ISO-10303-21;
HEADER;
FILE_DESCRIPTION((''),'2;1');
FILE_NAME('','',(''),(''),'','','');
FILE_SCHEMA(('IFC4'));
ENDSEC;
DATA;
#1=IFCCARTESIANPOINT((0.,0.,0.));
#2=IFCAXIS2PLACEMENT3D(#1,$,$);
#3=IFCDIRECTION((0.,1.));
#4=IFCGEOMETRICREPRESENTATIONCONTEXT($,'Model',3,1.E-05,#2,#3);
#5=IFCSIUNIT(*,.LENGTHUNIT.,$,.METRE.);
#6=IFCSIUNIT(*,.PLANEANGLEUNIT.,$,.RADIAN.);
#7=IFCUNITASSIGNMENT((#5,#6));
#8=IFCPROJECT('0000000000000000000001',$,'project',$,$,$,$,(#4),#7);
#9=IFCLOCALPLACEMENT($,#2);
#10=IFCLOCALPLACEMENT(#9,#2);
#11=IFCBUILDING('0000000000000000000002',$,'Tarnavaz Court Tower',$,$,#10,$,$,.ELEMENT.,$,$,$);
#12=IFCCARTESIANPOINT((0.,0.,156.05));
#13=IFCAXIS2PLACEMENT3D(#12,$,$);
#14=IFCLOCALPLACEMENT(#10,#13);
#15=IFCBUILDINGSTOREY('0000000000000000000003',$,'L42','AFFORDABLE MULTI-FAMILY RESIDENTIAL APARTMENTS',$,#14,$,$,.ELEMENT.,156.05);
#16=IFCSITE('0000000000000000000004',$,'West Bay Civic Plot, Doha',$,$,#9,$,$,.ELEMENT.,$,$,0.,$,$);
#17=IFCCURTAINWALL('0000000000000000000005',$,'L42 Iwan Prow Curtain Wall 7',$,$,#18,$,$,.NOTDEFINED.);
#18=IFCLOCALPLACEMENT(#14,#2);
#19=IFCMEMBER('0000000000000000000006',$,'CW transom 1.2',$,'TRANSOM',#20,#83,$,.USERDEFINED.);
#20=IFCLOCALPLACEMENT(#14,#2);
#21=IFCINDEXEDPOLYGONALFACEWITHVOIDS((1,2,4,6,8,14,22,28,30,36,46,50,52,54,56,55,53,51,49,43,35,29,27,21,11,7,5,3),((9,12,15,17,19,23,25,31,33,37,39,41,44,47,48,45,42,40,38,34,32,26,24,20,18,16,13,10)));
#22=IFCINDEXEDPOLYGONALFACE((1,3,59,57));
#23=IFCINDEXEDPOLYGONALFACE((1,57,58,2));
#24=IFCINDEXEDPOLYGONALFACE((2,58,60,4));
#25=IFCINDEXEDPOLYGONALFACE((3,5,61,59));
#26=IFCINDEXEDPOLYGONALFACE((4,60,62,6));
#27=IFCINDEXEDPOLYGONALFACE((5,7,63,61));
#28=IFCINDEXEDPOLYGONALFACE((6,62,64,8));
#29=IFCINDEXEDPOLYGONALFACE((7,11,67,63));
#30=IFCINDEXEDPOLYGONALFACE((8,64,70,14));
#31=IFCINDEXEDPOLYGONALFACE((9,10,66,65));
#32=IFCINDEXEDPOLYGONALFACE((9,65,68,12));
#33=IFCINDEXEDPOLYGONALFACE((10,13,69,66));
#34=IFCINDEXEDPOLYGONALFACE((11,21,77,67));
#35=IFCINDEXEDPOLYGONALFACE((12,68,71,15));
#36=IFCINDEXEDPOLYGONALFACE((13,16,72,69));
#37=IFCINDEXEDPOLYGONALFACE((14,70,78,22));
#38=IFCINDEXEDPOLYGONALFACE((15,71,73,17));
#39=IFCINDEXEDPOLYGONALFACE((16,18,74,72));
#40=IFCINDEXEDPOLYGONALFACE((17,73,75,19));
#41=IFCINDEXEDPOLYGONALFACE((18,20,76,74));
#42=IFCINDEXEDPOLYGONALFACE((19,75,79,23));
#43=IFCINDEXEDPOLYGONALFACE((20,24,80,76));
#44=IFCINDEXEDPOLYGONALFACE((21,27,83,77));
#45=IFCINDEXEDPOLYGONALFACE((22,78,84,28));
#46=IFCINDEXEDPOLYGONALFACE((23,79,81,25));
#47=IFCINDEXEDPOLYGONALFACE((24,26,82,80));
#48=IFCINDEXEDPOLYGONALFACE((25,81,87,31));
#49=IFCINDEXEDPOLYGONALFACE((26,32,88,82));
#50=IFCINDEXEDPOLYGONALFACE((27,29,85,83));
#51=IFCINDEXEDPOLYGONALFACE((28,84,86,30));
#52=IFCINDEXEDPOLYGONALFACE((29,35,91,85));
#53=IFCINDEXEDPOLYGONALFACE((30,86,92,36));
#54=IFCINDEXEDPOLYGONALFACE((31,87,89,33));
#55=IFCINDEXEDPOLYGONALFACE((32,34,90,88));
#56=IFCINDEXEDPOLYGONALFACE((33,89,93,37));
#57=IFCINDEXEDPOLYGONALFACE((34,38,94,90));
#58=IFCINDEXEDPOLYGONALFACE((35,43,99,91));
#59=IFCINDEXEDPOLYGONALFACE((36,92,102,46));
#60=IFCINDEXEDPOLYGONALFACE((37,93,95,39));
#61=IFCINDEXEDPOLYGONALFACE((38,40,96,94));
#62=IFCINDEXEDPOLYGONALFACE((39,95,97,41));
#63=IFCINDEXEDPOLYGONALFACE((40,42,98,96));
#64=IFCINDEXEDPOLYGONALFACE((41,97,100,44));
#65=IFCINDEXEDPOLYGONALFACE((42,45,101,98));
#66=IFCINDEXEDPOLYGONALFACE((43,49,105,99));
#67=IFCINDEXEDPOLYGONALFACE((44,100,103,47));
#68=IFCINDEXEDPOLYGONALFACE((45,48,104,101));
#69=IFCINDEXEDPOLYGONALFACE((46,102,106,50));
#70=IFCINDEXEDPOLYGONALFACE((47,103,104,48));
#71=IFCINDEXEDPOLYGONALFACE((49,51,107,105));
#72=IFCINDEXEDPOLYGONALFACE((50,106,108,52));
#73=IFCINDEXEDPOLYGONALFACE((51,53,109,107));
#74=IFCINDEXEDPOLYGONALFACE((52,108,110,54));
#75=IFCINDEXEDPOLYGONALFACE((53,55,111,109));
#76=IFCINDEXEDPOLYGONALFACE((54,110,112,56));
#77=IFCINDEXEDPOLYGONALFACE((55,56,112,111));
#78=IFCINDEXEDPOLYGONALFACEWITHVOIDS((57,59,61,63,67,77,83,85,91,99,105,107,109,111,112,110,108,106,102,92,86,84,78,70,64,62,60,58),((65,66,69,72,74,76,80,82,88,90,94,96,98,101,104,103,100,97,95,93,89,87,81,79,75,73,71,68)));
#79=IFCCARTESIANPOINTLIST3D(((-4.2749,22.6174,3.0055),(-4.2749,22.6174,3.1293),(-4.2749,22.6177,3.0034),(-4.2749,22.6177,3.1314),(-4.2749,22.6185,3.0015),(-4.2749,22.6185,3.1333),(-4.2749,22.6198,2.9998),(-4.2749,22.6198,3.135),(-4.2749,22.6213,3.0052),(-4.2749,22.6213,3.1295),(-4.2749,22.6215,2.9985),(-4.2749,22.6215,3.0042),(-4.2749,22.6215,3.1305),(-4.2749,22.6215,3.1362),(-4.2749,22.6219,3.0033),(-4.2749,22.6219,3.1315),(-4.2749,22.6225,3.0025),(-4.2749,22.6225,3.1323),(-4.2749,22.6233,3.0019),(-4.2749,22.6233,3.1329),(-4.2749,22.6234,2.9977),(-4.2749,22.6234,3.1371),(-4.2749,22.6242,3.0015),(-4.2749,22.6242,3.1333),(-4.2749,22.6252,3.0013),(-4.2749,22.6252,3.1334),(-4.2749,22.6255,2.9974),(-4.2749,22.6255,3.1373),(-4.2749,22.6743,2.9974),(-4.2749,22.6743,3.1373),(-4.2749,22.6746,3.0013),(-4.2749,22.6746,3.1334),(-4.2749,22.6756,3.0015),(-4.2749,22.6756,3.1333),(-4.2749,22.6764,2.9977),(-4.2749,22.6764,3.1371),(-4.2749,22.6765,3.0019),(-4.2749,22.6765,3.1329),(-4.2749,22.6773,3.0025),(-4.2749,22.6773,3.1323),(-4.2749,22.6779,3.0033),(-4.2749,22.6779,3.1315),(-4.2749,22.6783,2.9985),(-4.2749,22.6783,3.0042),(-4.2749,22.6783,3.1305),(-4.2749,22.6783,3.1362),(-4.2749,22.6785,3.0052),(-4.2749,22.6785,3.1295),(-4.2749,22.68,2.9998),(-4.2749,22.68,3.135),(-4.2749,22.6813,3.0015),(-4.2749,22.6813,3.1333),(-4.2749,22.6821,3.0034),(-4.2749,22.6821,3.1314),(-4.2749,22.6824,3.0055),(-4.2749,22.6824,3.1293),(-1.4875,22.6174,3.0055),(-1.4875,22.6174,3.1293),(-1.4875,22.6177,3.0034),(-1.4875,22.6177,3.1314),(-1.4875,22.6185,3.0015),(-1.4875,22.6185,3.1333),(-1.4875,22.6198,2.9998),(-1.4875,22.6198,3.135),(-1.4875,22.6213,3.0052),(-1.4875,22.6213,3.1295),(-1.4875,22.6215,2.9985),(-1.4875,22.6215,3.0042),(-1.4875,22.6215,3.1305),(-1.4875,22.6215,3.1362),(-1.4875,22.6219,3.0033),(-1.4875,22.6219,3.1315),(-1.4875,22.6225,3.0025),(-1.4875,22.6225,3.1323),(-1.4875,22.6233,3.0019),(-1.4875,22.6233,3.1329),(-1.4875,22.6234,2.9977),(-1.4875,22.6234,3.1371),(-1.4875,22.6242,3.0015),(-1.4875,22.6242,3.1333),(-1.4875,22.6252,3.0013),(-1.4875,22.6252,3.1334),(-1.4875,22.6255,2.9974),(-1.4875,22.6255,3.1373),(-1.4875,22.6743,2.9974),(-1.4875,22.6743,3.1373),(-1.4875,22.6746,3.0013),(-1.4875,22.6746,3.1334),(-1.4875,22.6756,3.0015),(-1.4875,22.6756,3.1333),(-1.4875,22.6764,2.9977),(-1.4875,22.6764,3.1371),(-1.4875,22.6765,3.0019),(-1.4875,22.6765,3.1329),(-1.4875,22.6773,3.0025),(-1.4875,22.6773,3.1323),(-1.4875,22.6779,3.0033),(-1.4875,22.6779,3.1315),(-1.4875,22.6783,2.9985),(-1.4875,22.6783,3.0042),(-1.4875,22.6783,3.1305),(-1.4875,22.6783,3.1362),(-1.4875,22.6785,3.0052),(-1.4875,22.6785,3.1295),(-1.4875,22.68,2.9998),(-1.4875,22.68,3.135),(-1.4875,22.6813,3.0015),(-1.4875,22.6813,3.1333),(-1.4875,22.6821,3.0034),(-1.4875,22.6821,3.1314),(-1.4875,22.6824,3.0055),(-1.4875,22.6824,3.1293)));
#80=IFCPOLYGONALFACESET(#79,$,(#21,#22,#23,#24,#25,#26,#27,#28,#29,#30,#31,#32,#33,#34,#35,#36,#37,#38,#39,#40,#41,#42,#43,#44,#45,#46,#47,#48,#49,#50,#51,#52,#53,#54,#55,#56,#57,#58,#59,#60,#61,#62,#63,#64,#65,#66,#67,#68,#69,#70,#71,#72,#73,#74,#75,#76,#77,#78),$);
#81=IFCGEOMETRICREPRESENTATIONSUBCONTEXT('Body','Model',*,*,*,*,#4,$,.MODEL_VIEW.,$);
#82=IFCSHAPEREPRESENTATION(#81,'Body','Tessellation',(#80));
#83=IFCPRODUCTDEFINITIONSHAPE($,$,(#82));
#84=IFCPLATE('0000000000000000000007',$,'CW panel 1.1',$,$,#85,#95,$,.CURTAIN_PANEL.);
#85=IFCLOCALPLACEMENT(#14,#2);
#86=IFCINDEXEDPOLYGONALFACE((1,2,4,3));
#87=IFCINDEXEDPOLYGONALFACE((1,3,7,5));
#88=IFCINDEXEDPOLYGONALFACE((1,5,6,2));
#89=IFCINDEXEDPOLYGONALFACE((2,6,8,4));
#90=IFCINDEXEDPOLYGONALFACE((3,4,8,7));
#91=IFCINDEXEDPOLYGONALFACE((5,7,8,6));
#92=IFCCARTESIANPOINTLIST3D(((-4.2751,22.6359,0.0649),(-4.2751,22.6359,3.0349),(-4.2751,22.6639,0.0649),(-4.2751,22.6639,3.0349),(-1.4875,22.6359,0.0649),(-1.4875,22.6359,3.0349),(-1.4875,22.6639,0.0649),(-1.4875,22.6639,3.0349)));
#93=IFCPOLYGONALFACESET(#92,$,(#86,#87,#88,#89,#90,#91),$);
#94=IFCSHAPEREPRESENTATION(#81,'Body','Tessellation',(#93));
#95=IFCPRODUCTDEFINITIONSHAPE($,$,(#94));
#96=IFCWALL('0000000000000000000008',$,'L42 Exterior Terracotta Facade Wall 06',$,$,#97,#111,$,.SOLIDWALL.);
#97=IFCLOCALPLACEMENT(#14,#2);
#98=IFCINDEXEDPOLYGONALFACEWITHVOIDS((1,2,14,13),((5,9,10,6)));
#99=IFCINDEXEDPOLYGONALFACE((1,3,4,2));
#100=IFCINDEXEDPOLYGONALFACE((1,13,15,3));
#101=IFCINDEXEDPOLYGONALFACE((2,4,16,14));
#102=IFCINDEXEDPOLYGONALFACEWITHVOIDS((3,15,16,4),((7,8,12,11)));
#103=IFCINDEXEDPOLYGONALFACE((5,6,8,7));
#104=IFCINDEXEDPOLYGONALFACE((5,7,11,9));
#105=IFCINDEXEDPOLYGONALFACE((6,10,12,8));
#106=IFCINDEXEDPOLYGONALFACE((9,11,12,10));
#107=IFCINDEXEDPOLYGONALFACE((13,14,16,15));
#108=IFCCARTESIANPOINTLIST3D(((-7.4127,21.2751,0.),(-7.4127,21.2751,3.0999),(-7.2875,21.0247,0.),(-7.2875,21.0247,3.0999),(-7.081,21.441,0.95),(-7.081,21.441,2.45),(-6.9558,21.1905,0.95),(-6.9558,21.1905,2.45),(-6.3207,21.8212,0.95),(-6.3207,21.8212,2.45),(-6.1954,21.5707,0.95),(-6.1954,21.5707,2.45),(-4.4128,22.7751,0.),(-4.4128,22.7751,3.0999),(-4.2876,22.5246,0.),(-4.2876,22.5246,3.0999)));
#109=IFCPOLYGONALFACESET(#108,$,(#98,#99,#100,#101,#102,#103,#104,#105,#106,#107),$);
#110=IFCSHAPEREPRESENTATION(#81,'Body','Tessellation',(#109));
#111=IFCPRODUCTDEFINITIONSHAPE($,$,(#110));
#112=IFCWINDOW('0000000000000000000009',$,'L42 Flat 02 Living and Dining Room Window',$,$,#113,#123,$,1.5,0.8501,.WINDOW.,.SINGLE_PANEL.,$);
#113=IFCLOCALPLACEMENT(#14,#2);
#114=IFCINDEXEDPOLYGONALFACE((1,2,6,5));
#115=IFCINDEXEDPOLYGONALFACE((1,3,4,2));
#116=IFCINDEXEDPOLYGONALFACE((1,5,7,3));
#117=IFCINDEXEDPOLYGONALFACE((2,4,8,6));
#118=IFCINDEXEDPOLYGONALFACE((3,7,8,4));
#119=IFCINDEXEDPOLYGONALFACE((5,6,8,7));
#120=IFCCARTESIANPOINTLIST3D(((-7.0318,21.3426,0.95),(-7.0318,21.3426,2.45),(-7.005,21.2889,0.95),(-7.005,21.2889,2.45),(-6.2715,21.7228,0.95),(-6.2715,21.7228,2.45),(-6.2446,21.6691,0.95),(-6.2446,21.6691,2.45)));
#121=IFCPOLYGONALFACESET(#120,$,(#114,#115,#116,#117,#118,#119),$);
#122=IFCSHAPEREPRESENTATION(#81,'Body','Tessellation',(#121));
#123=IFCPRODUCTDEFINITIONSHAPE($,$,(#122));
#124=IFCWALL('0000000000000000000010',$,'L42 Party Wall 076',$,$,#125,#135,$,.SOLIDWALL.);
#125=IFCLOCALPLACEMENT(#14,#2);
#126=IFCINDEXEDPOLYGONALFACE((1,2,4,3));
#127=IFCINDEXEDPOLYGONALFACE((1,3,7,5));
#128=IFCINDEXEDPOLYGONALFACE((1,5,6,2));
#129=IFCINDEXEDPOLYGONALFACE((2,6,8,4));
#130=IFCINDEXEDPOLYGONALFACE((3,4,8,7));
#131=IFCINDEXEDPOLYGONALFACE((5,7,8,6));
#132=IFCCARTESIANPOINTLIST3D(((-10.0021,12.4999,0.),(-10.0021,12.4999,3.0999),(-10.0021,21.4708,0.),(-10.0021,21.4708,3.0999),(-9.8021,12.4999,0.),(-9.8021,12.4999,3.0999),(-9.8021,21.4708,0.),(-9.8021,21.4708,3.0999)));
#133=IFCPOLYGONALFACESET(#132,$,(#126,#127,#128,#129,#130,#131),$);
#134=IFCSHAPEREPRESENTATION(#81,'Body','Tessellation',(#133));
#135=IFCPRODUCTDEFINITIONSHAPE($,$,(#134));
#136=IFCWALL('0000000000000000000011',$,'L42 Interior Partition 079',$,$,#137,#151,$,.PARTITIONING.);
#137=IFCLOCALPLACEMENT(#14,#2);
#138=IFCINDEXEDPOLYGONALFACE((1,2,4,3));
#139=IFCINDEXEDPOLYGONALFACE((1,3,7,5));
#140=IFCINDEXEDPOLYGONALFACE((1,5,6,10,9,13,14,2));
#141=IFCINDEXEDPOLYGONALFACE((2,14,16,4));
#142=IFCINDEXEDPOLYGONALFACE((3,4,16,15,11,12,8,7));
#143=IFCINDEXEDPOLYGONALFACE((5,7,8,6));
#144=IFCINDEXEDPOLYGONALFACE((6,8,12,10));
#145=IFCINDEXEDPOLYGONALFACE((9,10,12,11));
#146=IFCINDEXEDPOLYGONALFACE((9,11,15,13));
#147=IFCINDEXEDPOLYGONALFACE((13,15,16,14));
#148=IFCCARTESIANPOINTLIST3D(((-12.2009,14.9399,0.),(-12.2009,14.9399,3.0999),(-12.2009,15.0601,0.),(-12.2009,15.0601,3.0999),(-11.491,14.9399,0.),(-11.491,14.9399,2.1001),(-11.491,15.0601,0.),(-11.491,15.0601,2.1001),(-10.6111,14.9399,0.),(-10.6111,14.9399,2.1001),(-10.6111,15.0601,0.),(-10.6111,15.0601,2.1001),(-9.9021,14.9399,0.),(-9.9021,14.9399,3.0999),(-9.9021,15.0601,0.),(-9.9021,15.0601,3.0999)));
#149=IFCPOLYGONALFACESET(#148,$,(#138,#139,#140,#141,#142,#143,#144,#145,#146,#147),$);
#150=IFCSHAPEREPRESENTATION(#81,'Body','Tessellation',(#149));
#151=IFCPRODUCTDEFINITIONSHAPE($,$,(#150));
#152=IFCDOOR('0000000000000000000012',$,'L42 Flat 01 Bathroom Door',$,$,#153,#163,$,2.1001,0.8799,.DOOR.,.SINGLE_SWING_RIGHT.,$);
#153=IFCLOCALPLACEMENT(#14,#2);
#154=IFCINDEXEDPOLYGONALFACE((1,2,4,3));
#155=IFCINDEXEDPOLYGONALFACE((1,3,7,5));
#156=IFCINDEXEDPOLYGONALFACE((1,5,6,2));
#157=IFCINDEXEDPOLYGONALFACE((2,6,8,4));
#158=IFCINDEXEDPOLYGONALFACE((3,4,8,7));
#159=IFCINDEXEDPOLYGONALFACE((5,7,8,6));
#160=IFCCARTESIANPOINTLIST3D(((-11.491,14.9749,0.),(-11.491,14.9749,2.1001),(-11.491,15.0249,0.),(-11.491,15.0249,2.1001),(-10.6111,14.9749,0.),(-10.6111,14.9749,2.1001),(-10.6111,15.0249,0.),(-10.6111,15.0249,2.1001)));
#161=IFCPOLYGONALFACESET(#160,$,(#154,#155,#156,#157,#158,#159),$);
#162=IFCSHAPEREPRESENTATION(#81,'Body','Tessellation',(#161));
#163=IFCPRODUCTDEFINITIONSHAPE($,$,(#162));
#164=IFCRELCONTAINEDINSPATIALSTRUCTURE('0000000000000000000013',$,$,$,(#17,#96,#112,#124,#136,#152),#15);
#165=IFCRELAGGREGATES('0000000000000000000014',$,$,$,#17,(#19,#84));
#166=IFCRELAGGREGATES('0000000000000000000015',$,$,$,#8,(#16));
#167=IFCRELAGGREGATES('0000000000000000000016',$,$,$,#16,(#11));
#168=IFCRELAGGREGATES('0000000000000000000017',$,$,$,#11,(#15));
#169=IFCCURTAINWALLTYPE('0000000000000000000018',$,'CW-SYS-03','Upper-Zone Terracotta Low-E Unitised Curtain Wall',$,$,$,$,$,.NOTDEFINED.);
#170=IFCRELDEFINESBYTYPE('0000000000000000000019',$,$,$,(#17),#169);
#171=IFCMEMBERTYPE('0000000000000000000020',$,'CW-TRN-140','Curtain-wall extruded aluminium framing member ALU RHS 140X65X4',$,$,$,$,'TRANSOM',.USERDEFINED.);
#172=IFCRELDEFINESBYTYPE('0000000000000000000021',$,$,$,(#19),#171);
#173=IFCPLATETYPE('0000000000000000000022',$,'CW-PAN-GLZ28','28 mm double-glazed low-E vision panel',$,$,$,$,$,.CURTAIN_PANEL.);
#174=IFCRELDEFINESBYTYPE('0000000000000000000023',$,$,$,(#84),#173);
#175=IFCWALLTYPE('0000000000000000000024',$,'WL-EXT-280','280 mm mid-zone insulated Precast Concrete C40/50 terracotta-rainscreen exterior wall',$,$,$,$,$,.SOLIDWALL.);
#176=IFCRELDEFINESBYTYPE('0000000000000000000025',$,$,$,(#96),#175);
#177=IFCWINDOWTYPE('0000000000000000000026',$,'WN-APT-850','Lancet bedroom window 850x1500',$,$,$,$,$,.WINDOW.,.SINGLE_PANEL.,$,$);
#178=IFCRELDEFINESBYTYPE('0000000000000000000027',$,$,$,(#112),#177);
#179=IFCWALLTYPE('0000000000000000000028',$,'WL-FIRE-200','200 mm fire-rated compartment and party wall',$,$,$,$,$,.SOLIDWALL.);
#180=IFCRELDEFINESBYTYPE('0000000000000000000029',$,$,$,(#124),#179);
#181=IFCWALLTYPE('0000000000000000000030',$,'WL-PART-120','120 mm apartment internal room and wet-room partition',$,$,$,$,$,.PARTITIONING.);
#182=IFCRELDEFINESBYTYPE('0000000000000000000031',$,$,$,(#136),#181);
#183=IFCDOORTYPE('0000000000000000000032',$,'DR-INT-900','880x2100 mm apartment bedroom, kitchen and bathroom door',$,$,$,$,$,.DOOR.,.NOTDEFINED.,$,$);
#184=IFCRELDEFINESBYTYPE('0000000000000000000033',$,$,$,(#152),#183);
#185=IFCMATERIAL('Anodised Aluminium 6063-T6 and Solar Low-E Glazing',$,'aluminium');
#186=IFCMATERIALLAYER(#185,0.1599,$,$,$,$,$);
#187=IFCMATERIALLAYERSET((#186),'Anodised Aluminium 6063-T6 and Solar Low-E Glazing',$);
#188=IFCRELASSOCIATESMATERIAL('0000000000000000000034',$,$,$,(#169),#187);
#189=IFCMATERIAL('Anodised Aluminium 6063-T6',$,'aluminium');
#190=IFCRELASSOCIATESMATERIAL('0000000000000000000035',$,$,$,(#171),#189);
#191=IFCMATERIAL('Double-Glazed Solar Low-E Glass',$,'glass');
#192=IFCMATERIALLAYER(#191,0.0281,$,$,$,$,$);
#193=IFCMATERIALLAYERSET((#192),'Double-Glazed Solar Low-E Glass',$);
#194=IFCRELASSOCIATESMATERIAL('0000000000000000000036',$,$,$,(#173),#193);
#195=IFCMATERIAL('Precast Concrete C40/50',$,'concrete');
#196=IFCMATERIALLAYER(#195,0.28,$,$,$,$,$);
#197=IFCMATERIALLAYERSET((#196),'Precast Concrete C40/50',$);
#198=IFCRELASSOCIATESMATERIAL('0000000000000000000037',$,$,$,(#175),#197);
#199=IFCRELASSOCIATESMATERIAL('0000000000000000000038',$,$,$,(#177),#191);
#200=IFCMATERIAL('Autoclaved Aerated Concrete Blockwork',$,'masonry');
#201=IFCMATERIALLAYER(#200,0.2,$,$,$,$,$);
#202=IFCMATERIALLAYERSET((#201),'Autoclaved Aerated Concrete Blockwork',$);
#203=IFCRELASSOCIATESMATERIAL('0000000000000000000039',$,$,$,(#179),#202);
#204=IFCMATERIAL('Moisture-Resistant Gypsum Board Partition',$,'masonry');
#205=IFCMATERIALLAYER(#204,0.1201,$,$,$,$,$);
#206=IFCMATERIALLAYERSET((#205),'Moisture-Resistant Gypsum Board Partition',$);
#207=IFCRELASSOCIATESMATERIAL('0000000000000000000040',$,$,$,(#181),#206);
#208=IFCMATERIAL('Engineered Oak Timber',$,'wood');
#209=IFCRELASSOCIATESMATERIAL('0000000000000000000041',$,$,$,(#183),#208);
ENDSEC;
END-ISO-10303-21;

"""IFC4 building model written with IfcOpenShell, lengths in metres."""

from ifc_helpers import new_model, si_unit, direction, frame, frame_2d, origin, origin_2d, place, context, subcontext, project, spatial, rectangle, hollow_rectangle, extrude, material, layer, layer_set, material_profile, profile_set, type_object, element, fill, aggregate, save


model = new_model("IFC4")

# Units and contexts
model_context = context("Model", 3, precision=1e-05, world=origin(), true_north=direction((0.0, 1.0)))
body_context = subcontext(model_context, "Body", "Model", "MODEL_VIEW")
ifc_project = project(units=[si_unit("LENGTHUNIT", "METRE"), si_unit("PLANEANGLEUNIT", "RADIAN")], contexts=[model_context])

# Site, building, storey
site_placement = place(None, origin())
site = spatial("IfcSite", under=ifc_project, at=site_placement, Name="West Bay Civic Plot, Doha", CompositionType="ELEMENT", RefElevation=0.0)
building_placement = place(site_placement, origin())
building = spatial("IfcBuilding", under=site, at=building_placement, Name="Tarnavaz Court Tower", CompositionType="ELEMENT")
storey_placement = place(building_placement, frame((0.0, 0.0, 156.05)))
storey = spatial("IfcBuildingStorey", under=building, at=storey_placement, Name="L42", Description="AFFORDABLE MULTI-FAMILY RESIDENTIAL APARTMENTS", CompositionType="ELEMENT", Elevation=156.05)

# Curtain wall, member, plate
ifc_material_1 = material(Name="Anodised Aluminium 6063-T6 and Solar Low-E Glazing", Category="aluminium")
ifc_layer_1 = layer(ifc_material_1, 0.1599)
ifc_layer_set_1 = layer_set([ifc_layer_1], Name="Anodised Aluminium 6063-T6 and Solar Low-E Glazing")
curtain_wall_type = type_object("IfcCurtainWallType", Name="CW-SYS-03", Description="Upper-Zone Terracotta Low-E Unitised Curtain Wall", PredefinedType="NOTDEFINED", material=ifc_layer_set_1)
curtain_wall_placement = place(storey_placement, origin())
curtain_wall = element("IfcCurtainWall", 1, at=curtain_wall_placement, inside=storey, type_object=curtain_wall_type, Name="L42 Iwan Prow Curtain Wall 7", PredefinedType="NOTDEFINED")
ifc_material_2 = material(Name="Anodised Aluminium 6063-T6", Category="aluminium")
ifc_material_profile_1 = material_profile(ifc_material_2, hollow_rectangle(XDim=0.0649, YDim=0.1399, WallThickness=0.0039, InnerFilletRadius=0.0039, OuterFilletRadius=0.0081, at=origin_2d()), Name="ALU RHS 140X65X4")
ifc_profile_set_1 = profile_set([ifc_material_profile_1], Name="Anodised Aluminium 6063-T6")
member_type_1 = type_object("IfcMemberType", Name="CW-TRN-140", Description="Curtain-wall extruded aluminium framing member ALU RHS 140X65X4", ElementType="TRANSOM", PredefinedType="USERDEFINED", material=ifc_profile_set_1)
member_1_placement = place(storey_placement, frame((-4.2749, 22.6499, 3.0674), z_axis=(1.0, 0.0, 0.0), x_axis=(0.0, 1.0, 0.0)))
member_1 = element("IfcMember", 2, at=member_1_placement, type_object=member_type_1, Name="CW transom 1.2", ObjectType="TRANSOM", PredefinedType="USERDEFINED", context=body_context, shape_type="SweptSolid", body=[
    extrude(hollow_rectangle(XDim=0.0649, YDim=0.1399, WallThickness=0.0039, InnerFilletRadius=0.0039, OuterFilletRadius=0.0081, at=origin_2d()), origin(), (0.0, 0.0, 1.0), 2.7874),
])
ifc_material_3 = material(Name="Double-Glazed Solar Low-E Glass", Category="glass")
ifc_layer_2 = layer(ifc_material_3, 0.0281)
ifc_layer_set_2 = layer_set([ifc_layer_2], Name="Double-Glazed Solar Low-E Glass")
plate_type = type_object("IfcPlateType", Name="CW-PAN-GLZ28", Description="28 mm double-glazed low-E vision panel", PredefinedType="CURTAIN_PANEL", material=ifc_layer_set_2)
plate_placement = place(storey_placement, frame((-2.8813, 22.6499, 0.0649), z_axis=(0.0, 0.0, 1.0), x_axis=(1.0, 0.0, 0.0)))
plate = element("IfcPlate", 3, at=plate_placement, type_object=plate_type, Name="CW panel 1.1", PredefinedType="CURTAIN_PANEL", context=body_context, shape_type="SweptSolid", body=[
    extrude(rectangle(XDim=2.7876, YDim=0.0281, at=origin_2d()), origin(), (0.0, 0.0, 1.0), 2.97),
])
aggregate(curtain_wall, [member_1, plate])

# Wall, opening, window
ifc_material_4 = material(Name="Precast Concrete C40/50", Category="concrete")
ifc_layer_3 = layer(ifc_material_4, 0.28)
ifc_layer_set_3 = layer_set([ifc_layer_3], Name="Precast Concrete C40/50")
wall_type_1 = type_object("IfcWallType", Name="WL-EXT-280", Description="280 mm mid-zone insulated Precast Concrete C40/50 terracotta-rainscreen exterior wall", PredefinedType="SOLIDWALL", material=ifc_layer_set_3)
wall_1_placement = place(storey_placement, frame((-7.3501, 21.1499, 0.0), z_axis=(0.0, 0.0, 1.0), x_axis=(0.894427, 0.447214, 0.0)))
wall_1 = element("IfcWall", 4, at=wall_1_placement, inside=storey, type_object=wall_type_1, Name="L42 Exterior Terracotta Facade Wall 06", PredefinedType="SOLIDWALL", context=body_context, shape_type="SweptSolid", body=[
    extrude(rectangle(XDim=3.354, YDim=0.28, at=frame_2d((1.677, 0.0))), origin(), (0.0, 0.0, 1.0), 3.0999),
])
opening_1_placement = place(wall_1_placement, frame((0.3708, 0.0, 0.95)))
opening_1 = element("IfcOpeningElement", 5, at=opening_1_placement, cuts=wall_1, PredefinedType="OPENING", context=body_context, shape_type="SweptSolid", body=[
    extrude(rectangle(XDim=0.8501, YDim=1.5, at=frame_2d((0.425, 0.75))), frame((0.0, 0.1499, 0.0), z_axis=(0.0, -1.0, 0.0), x_axis=(1.0, 0.0, 0.0)), (0.0, 0.0, 1.0), 0.3),
])
window_type = type_object("IfcWindowType", Name="WN-APT-850", Description="Lancet bedroom window 850x1500", PartitioningType="SINGLE_PANEL", PredefinedType="WINDOW", material=ifc_material_3)
window_placement = place(opening_1_placement, origin())
window = element("IfcWindow", 6, at=window_placement, inside=storey, type_object=window_type, Name="L42 Flat 02 Living and Dining Room Window", OverallHeight=1.5, OverallWidth=0.8501, PartitioningType="SINGLE_PANEL", PredefinedType="WINDOW", context=body_context, shape_type="SweptSolid", body=[
    extrude(rectangle(XDim=0.8501, YDim=1.5, at=frame_2d((0.425, 0.75))), frame((0.0, 0.03, 0.0), z_axis=(0.0, -1.0, 0.0), x_axis=(1.0, 0.0, 0.0)), (0.0, 0.0, 1.0), 0.0601),
])
fill(opening_1, window)

# Wall
ifc_material_5 = material(Name="Autoclaved Aerated Concrete Blockwork", Category="masonry")
ifc_layer_4 = layer(ifc_material_5, 0.2)
ifc_layer_set_4 = layer_set([ifc_layer_4], Name="Autoclaved Aerated Concrete Blockwork")
wall_type_2 = type_object("IfcWallType", Name="WL-FIRE-200", Description="200 mm fire-rated compartment and party wall", PredefinedType="SOLIDWALL", material=ifc_layer_set_4)
wall_2_placement = place(storey_placement, frame((-9.9021, 12.5, 0.0), z_axis=(0.0, 0.0, 1.0), x_axis=(0.0, 1.0, 0.0)))
element("IfcWall", 7, at=wall_2_placement, inside=storey, type_object=wall_type_2, Name="L42 Party Wall 076", PredefinedType="SOLIDWALL", context=body_context, shape_type="SweptSolid", body=[
    extrude(rectangle(XDim=8.9709, YDim=0.2, at=frame_2d((4.4854, 0.0))), origin(), (0.0, 0.0, 1.0), 3.0999),
])

# Wall, opening, door
ifc_material_6 = material(Name="Moisture-Resistant Gypsum Board Partition", Category="masonry")
ifc_layer_5 = layer(ifc_material_6, 0.1201)
ifc_layer_set_5 = layer_set([ifc_layer_5], Name="Moisture-Resistant Gypsum Board Partition")
wall_type_3 = type_object("IfcWallType", Name="WL-PART-120", Description="120 mm apartment internal room and wet-room partition", PredefinedType="PARTITIONING", material=ifc_layer_set_5)
wall_3_placement = place(storey_placement, frame((-12.2009, 15.0, 0.0), z_axis=(0.0, 0.0, 1.0), x_axis=(1.0, 0.0, 0.0)))
wall_3 = element("IfcWall", 8, at=wall_3_placement, inside=storey, type_object=wall_type_3, Name="L42 Interior Partition 079", PredefinedType="PARTITIONING", context=body_context, shape_type="SweptSolid", body=[
    extrude(rectangle(XDim=2.2988, YDim=0.1201, at=frame_2d((1.1494, 0.0))), origin(), (0.0, 0.0, 1.0), 3.0999),
])
opening_2_placement = place(wall_3_placement, frame((0.71, 0.0, 0.0)))
opening_2 = element("IfcOpeningElement", 9, at=opening_2_placement, cuts=wall_3, PredefinedType="OPENING", context=body_context, shape_type="SweptSolid", body=[
    extrude(rectangle(XDim=0.8799, YDim=2.1001, at=frame_2d((0.4399, 1.05))), frame((0.0, 0.0701, 0.0), z_axis=(0.0, -1.0, 0.0), x_axis=(1.0, 0.0, 0.0)), (0.0, 0.0, 1.0), 0.1401),
])
ifc_material_7 = material(Name="Engineered Oak Timber", Category="wood")
door_type = type_object("IfcDoorType", Name="DR-INT-900", Description="880x2100 mm apartment bedroom, kitchen and bathroom door", OperationType="NOTDEFINED", PredefinedType="DOOR", material=ifc_material_7)
door_1_placement = place(opening_2_placement, origin())
door_1 = element("IfcDoor", 10, at=door_1_placement, inside=storey, type_object=door_type, Name="L42 Flat 01 Bathroom Door", OperationType="SINGLE_SWING_RIGHT", OverallHeight=2.1001, OverallWidth=0.8799, PredefinedType="DOOR", context=body_context, shape_type="SweptSolid", body=[
    extrude(rectangle(XDim=0.8799, YDim=2.1001, at=frame_2d((0.4399, 1.05))), frame((0.0, 0.0249, 0.0), z_axis=(0.0, -1.0, 0.0), x_axis=(1.0, 0.0, 0.0)), (0.0, 0.0, 1.0), 0.05),
])
fill(opening_2, door_1)

save(model, "model.ifc")
